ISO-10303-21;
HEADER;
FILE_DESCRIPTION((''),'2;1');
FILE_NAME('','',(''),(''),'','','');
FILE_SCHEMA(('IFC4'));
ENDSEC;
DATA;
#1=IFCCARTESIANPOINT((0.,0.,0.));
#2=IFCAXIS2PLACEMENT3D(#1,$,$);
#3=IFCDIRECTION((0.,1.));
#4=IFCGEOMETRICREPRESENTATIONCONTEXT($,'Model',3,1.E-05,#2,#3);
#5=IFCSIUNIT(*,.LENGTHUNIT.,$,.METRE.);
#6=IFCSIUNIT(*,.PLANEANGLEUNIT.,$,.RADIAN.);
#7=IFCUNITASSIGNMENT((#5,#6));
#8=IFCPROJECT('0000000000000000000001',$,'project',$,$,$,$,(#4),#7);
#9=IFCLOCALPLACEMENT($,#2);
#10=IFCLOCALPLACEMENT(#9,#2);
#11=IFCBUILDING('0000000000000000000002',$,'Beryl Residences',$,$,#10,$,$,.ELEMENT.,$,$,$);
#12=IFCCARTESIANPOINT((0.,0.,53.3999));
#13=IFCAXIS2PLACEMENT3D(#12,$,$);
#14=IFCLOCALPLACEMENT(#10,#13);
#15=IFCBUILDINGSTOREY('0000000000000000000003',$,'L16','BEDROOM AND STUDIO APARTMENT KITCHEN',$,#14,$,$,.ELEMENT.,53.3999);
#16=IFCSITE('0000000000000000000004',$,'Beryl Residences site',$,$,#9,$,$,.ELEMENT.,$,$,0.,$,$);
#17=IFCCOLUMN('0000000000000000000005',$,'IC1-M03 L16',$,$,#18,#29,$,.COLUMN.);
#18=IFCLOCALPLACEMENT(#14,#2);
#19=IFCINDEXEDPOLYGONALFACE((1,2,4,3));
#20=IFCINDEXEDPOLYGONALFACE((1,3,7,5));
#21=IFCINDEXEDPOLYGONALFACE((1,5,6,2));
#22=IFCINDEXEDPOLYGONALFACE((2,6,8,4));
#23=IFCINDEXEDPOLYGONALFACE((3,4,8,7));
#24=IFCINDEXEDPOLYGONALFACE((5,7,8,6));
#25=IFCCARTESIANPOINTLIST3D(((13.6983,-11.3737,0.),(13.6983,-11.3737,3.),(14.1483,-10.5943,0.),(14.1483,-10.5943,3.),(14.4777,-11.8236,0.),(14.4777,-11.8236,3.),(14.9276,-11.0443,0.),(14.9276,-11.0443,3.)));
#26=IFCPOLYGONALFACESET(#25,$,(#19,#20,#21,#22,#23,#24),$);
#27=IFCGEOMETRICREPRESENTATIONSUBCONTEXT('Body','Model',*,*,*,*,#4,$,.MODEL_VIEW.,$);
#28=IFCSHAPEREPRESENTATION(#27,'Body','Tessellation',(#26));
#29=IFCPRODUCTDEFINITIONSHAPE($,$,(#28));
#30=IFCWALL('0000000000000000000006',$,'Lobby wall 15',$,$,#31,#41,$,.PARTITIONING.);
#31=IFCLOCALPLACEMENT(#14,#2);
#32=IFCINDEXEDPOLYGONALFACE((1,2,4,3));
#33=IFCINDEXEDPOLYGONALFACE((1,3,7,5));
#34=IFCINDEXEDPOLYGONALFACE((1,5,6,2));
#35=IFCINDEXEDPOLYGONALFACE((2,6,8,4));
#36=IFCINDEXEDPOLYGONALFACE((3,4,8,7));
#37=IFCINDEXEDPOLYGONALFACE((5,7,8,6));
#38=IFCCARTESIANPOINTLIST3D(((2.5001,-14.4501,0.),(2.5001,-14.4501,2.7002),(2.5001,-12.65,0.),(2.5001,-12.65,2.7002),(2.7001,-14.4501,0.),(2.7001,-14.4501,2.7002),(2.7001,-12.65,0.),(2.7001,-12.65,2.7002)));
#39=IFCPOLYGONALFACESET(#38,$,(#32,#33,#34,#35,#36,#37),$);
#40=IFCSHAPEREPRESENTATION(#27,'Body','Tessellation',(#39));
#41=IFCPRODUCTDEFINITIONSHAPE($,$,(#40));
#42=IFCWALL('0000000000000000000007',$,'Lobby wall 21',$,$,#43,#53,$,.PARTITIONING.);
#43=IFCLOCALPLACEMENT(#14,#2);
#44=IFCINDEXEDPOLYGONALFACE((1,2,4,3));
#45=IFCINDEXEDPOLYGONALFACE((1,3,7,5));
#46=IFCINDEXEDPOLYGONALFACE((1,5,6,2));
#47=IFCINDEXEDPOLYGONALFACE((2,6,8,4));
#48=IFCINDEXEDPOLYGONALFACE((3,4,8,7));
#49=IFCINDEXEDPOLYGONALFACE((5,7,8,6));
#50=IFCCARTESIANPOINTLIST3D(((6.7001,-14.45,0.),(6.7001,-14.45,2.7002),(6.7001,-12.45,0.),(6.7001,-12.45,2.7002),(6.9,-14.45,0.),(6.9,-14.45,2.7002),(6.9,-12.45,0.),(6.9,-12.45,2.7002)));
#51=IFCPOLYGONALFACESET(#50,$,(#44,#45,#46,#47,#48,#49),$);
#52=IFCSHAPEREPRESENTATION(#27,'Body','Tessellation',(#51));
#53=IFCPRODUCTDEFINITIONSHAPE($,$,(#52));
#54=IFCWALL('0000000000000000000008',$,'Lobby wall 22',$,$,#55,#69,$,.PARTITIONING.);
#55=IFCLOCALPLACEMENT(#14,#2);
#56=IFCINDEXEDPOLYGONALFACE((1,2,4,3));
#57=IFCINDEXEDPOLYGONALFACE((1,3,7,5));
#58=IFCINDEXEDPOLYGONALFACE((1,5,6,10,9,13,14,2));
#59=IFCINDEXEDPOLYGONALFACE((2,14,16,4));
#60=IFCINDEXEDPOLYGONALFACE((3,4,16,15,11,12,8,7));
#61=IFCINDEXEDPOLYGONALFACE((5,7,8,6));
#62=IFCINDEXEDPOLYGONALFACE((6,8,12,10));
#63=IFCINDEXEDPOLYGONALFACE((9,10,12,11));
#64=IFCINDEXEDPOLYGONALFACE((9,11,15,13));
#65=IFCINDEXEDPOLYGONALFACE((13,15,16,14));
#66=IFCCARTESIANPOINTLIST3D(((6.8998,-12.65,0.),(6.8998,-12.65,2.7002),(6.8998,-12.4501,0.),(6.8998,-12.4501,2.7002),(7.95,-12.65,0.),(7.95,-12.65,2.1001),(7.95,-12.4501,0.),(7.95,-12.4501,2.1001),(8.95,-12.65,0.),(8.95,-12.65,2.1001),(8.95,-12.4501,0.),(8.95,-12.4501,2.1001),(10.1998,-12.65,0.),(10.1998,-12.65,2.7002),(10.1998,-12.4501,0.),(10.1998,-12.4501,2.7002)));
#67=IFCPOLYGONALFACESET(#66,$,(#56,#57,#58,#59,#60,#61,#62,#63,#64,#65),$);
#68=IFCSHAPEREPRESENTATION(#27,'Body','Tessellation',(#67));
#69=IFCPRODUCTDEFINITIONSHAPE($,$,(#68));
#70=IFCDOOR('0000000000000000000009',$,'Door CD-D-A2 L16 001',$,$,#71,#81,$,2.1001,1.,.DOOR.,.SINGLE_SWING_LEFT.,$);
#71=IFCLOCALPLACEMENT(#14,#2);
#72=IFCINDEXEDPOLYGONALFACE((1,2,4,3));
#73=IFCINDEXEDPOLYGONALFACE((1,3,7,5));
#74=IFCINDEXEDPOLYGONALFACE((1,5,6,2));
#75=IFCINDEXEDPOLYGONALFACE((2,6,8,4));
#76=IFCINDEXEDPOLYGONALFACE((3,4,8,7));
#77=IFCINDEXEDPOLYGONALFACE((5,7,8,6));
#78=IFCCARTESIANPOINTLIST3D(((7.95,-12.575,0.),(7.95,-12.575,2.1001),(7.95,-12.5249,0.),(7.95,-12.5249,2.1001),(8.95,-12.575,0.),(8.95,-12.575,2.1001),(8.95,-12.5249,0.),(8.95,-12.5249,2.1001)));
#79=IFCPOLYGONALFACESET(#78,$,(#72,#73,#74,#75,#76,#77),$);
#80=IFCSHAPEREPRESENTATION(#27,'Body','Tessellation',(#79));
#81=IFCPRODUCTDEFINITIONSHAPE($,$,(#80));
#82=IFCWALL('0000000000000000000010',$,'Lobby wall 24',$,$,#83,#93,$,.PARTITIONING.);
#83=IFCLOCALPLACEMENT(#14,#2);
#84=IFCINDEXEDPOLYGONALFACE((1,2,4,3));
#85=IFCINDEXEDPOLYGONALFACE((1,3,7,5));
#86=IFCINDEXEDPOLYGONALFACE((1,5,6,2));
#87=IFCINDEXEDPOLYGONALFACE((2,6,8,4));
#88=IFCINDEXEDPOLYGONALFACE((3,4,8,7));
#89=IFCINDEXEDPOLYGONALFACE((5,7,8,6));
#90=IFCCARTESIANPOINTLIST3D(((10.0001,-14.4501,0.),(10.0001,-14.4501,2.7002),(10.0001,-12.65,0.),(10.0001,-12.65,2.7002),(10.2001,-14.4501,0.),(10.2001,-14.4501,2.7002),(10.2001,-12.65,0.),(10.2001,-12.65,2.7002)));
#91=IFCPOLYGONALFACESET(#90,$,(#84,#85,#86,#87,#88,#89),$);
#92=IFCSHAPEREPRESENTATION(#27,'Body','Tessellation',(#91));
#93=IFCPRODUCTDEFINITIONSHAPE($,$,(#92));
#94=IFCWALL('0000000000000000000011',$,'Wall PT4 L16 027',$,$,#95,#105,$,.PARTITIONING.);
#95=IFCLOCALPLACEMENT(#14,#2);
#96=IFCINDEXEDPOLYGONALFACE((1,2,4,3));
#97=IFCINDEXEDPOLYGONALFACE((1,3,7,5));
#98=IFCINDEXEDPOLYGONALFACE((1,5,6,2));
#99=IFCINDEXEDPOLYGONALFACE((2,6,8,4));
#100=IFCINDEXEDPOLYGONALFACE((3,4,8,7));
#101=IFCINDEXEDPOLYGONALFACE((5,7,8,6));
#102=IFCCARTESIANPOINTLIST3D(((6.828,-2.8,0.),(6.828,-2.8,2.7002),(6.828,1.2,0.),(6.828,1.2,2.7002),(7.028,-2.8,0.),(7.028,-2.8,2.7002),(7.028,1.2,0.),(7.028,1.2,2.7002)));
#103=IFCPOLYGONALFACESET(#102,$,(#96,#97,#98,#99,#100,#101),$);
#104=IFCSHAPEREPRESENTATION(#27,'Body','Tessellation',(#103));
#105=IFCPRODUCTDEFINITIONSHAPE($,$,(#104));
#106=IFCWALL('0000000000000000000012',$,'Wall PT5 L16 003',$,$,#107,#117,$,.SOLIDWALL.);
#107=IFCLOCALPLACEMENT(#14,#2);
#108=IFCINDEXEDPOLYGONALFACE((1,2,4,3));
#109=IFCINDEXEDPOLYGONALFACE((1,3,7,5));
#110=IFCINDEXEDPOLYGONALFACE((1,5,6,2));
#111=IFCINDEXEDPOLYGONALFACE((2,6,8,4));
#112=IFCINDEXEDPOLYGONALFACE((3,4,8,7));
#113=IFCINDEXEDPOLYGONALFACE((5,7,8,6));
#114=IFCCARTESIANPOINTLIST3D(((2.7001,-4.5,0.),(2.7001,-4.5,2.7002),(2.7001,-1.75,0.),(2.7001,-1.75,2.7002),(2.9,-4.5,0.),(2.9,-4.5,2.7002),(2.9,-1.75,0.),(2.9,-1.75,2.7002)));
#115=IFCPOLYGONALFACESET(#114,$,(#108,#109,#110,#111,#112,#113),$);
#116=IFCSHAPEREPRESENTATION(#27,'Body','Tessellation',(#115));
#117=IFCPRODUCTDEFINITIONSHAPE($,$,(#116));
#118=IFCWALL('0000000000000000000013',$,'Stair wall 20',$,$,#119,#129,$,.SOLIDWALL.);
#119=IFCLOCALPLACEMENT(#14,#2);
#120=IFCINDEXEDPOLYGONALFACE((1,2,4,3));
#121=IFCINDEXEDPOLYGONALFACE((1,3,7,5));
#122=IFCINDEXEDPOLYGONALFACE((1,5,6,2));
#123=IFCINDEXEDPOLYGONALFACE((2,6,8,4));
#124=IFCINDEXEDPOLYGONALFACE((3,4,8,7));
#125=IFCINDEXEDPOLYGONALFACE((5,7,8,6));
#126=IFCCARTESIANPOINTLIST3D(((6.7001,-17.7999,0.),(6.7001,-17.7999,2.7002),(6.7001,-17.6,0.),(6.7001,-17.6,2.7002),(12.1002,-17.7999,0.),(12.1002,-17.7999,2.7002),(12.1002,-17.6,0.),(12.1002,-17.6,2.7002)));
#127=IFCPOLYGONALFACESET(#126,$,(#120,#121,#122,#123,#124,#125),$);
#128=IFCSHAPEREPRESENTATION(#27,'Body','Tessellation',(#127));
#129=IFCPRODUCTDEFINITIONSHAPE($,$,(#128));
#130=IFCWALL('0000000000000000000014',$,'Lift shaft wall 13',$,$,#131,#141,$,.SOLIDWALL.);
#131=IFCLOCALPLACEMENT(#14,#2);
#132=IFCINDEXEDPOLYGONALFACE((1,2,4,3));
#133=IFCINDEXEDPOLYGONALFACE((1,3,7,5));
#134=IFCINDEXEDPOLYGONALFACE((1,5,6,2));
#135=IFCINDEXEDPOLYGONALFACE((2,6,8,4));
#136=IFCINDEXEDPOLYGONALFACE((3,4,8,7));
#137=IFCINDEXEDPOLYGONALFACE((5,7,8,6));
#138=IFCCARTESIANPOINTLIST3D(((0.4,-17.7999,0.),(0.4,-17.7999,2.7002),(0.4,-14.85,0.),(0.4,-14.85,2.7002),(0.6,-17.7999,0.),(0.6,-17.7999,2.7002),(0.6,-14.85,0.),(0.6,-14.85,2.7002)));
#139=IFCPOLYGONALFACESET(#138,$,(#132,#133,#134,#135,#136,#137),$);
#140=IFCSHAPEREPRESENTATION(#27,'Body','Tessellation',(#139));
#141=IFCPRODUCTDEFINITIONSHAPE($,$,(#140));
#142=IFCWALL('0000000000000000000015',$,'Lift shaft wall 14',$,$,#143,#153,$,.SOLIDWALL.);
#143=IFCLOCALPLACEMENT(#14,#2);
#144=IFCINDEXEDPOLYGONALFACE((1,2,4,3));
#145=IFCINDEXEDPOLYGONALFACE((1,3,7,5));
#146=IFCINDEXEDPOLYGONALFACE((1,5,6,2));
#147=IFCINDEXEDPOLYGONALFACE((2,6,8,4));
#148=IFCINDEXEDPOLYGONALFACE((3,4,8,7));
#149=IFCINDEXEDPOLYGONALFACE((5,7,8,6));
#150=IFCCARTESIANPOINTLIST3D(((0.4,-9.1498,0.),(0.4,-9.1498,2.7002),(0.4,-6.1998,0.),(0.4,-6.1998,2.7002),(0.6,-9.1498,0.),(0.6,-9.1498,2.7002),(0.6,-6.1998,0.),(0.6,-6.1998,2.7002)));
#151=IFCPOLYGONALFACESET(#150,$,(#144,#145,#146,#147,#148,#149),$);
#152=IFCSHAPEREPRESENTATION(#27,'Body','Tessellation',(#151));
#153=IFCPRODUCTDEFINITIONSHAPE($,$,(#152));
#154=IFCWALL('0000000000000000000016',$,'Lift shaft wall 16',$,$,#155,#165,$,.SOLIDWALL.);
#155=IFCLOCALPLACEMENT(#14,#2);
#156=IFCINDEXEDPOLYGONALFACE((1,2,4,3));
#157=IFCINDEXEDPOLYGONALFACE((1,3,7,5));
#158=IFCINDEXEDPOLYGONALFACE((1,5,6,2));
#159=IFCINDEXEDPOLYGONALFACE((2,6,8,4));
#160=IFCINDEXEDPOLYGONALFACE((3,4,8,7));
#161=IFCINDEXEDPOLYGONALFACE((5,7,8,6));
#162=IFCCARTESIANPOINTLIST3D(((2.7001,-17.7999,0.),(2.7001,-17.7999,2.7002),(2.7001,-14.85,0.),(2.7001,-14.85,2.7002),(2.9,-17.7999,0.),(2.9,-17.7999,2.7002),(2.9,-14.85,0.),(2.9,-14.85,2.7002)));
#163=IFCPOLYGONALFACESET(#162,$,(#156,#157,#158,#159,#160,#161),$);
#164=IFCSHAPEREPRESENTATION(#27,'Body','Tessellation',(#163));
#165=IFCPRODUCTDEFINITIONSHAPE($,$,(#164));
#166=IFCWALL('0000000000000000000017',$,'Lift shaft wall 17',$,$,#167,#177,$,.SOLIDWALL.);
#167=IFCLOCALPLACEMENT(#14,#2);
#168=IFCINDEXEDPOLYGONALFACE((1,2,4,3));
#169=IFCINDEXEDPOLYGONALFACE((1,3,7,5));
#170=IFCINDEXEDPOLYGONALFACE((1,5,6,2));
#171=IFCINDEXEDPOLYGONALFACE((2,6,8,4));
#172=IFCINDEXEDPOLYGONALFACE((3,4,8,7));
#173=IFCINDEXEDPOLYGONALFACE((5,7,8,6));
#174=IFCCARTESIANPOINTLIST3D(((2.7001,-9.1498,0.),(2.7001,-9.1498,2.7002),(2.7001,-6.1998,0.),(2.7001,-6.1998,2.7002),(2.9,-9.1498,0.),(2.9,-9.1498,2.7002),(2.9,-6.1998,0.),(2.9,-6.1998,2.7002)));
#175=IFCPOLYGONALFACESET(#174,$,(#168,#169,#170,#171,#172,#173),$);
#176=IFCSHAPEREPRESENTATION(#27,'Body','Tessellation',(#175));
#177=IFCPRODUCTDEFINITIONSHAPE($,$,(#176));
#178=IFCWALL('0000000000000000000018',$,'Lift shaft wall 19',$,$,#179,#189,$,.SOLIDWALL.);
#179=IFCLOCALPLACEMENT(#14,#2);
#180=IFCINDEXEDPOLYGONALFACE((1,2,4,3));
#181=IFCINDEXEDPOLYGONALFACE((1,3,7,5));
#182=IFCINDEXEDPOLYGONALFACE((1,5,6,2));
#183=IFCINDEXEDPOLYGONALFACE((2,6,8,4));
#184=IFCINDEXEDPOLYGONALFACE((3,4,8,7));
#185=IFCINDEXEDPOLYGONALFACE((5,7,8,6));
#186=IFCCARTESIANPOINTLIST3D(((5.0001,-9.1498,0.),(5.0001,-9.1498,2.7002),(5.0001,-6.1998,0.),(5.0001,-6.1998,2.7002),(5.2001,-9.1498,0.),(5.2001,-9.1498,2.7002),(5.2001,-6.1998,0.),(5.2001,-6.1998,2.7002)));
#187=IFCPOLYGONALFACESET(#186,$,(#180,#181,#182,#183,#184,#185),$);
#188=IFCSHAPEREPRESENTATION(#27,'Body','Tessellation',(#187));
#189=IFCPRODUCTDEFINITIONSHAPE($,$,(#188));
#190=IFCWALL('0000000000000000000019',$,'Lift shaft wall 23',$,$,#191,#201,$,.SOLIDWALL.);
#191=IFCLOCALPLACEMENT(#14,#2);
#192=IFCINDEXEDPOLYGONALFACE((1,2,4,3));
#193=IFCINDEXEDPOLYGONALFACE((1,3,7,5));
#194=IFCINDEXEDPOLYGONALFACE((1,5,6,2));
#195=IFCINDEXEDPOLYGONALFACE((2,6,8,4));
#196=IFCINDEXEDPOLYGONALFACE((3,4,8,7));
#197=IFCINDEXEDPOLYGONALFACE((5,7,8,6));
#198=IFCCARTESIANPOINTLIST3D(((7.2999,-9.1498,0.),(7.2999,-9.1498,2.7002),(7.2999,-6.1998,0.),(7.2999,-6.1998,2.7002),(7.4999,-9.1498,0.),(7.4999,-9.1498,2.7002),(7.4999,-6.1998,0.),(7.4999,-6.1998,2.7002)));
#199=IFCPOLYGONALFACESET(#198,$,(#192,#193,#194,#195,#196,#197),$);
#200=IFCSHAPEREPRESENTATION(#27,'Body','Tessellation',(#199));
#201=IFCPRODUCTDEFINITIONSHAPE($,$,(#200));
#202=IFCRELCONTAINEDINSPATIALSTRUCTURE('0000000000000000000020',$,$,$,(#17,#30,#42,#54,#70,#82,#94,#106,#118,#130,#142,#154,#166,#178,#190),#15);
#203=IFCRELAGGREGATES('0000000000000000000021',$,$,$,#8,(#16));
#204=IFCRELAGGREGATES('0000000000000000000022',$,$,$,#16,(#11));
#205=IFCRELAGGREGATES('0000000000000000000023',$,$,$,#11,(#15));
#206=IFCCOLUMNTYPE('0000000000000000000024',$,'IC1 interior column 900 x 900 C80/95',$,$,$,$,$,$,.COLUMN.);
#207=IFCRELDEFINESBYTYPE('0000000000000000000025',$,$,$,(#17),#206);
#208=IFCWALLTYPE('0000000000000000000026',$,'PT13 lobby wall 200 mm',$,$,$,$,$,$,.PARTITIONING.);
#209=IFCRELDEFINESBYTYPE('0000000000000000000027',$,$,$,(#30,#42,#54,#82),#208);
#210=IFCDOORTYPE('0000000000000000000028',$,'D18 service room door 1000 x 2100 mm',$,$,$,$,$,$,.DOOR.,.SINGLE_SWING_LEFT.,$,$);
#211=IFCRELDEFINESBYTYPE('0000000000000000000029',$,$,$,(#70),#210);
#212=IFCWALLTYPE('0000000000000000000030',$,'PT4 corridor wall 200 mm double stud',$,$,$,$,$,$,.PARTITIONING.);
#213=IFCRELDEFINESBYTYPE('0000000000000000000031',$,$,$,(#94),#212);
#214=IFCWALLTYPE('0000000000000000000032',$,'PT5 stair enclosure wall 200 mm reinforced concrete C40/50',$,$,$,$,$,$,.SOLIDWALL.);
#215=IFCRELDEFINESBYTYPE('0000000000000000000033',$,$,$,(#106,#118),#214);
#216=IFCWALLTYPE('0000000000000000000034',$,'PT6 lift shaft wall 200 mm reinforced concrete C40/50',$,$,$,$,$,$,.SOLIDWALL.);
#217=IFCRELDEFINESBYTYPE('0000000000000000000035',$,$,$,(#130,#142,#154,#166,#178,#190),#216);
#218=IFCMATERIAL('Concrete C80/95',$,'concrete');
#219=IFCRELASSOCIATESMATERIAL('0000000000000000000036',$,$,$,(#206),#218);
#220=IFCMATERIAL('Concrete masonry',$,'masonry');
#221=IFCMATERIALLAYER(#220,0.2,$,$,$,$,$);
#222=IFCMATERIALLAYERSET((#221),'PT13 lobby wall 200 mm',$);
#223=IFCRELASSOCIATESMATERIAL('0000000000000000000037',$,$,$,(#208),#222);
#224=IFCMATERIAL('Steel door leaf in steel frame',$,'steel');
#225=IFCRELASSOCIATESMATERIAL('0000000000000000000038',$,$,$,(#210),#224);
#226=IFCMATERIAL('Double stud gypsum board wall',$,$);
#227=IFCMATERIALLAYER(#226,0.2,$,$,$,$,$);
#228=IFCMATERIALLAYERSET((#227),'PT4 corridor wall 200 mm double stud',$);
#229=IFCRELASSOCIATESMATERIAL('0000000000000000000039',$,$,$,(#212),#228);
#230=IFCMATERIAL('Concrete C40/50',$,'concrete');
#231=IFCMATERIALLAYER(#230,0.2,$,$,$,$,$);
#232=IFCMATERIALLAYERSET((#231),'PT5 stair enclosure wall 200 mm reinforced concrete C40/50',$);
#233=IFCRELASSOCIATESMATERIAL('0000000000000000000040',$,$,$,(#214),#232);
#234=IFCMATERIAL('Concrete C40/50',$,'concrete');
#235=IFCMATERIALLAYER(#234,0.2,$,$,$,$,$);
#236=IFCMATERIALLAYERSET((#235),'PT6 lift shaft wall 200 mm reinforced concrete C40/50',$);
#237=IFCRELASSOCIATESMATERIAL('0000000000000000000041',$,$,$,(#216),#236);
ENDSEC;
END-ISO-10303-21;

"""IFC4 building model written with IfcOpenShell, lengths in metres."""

from ifc_helpers import new_model, si_unit, direction, frame, frame_2d, origin, origin_2d, place, context, subcontext, project, spatial, rectangle, extrude, material, layer, layer_set, material_profile, profile_set, type_object, element, fill, save


model = new_model("IFC4")

# Units and contexts
model_context = context("Model", 3, precision=1e-05, world=origin(), true_north=direction((0.0, 1.0)))
body_context = subcontext(model_context, "Body", "Model", "MODEL_VIEW")
ifc_project = project(units=[si_unit("LENGTHUNIT", "METRE"), si_unit("PLANEANGLEUNIT", "RADIAN")], contexts=[model_context])

# Site, building, storey
site_placement = place(None, origin())
site = spatial("IfcSite", under=ifc_project, at=site_placement, Name="Beryl Residences site", CompositionType="ELEMENT", RefElevation=0.0)
building_placement = place(site_placement, origin())
building = spatial("IfcBuilding", under=site, at=building_placement, Name="Beryl Residences", CompositionType="ELEMENT")
storey_placement = place(building_placement, frame((0.0, 0.0, 53.3999)))
storey = spatial("IfcBuildingStorey", under=building, at=storey_placement, Name="L16", Description="BEDROOM AND STUDIO APARTMENT KITCHEN", CompositionType="ELEMENT", Elevation=53.3999)

# Column
ifc_material_1 = material(Name="Concrete C80/95", Category="concrete")
ifc_material_profile = material_profile(ifc_material_1, rectangle(XDim=0.8999, YDim=0.8999, at=origin_2d()))
ifc_profile_set = profile_set([ifc_material_profile], Name="Concrete C80/95")
column_type = type_object("IfcColumnType", Name="IC1 interior column 900 x 900 C80/95", PredefinedType="COLUMN", material=ifc_profile_set)
column_placement = place(storey_placement, frame((14.313, -11.209, 0.0), z_axis=(0.0, 0.0, 1.0), x_axis=(0.499985, 0.866034, 0.0)))
element("IfcColumn", 1, at=column_placement, inside=storey, type_object=column_type, Name="IC1-M03 L16", PredefinedType="COLUMN", context=body_context, shape_type="SweptSolid", body=[
    extrude(rectangle(XDim=0.8999, YDim=0.8999, at=origin_2d()), origin(), (0.0, 0.0, 1.0), 3.0),
])

# Walls
ifc_material_2 = material(Name="Concrete masonry", Category="masonry")
ifc_layer_1 = layer(ifc_material_2, 0.2)
ifc_layer_set_1 = layer_set([ifc_layer_1], Name="PT13 lobby wall 200 mm")
wall_type_1 = type_object("IfcWallType", Name="PT13 lobby wall 200 mm", PredefinedType="PARTITIONING", material=ifc_layer_set_1)
wall_1_placement = place(storey_placement, frame((2.6001, -14.45, 0.0), z_axis=(0.0, 0.0, 1.0), x_axis=(0.0, 1.0, 0.0)))
element("IfcWall", 2, at=wall_1_placement, inside=storey, type_object=wall_type_1, Name="Lobby wall 15", PredefinedType="PARTITIONING", context=body_context, shape_type="SweptSolid", body=[
    extrude(rectangle(XDim=1.8, YDim=0.2, at=frame_2d((0.8999, 0.0))), origin(), (0.0, 0.0, 1.0), 2.7002),
])
wall_2_placement = place(storey_placement, frame((6.8, -14.45, 0.0), z_axis=(0.0, 0.0, 1.0), x_axis=(0.0, 1.0, 0.0)))
element("IfcWall", 3, at=wall_2_placement, inside=storey, type_object=wall_type_1, Name="Lobby wall 21", PredefinedType="PARTITIONING", context=body_context, shape_type="SweptSolid", body=[
    extrude(rectangle(XDim=2.0, YDim=0.2, at=frame_2d((1.0, 0.0))), origin(), (0.0, 0.0, 1.0), 2.7002),
])

# Wall, opening, door
wall_3_placement = place(storey_placement, frame((6.8999, -12.55, 0.0), z_axis=(0.0, 0.0, 1.0), x_axis=(1.0, 0.0, 0.0)))
wall_3 = element("IfcWall", 4, at=wall_3_placement, inside=storey, type_object=wall_type_1, Name="Lobby wall 22", PredefinedType="PARTITIONING", context=body_context, shape_type="SweptSolid", body=[
    extrude(rectangle(XDim=3.3, YDim=0.2, at=frame_2d((1.6499, 0.0))), origin(), (0.0, 0.0, 1.0), 2.7002),
])
opening_placement = place(wall_3_placement, frame((2.05, 0.0, 0.0), z_axis=(0.0, 0.0, 1.0), x_axis=(-1.0, 0.0, 0.0)))
opening = element("IfcOpeningElement", 5, at=opening_placement, cuts=wall_3, PredefinedType="OPENING", context=body_context, shape_type="SweptSolid", body=[
    extrude(rectangle(XDim=1.0, YDim=2.1001, at=frame_2d((0.5, 1.05))), frame((0.0, 0.1099, 0.0), z_axis=(0.0, -1.0, 0.0), x_axis=(1.0, 0.0, 0.0)), (0.0, 0.0, 1.0), 0.22),
])
ifc_material_3 = material(Name="Steel door leaf in steel frame", Category="steel")
door_type = type_object("IfcDoorType", Name="D18 service room door 1000 x 2100 mm", OperationType="SINGLE_SWING_LEFT", PredefinedType="DOOR", material=ifc_material_3)
door_placement = place(opening_placement, origin())
door = element("IfcDoor", 6, at=door_placement, inside=storey, type_object=door_type, Name="Door CD-D-A2 L16 001", OperationType="SINGLE_SWING_LEFT", OverallHeight=2.1001, OverallWidth=1.0, PredefinedType="DOOR", context=body_context, shape_type="SweptSolid", body=[
    extrude(rectangle(XDim=1.0, YDim=2.1001, at=frame_2d((0.5, 1.05))), frame((0.0, 0.0249, 0.0), z_axis=(0.0, -1.0, 0.0), x_axis=(1.0, 0.0, 0.0)), (0.0, 0.0, 1.0), 0.05),
])
fill(opening, door)

# Walls
wall_4_placement = place(storey_placement, frame((10.1001, -14.45, 0.0), z_axis=(0.0, 0.0, 1.0), x_axis=(0.0, 1.0, 0.0)))
element("IfcWall", 7, at=wall_4_placement, inside=storey, type_object=wall_type_1, Name="Lobby wall 24", PredefinedType="PARTITIONING", context=body_context, shape_type="SweptSolid", body=[
    extrude(rectangle(XDim=1.8, YDim=0.2, at=frame_2d((0.8999, 0.0))), origin(), (0.0, 0.0, 1.0), 2.7002),
])
ifc_material_4 = material(Name="Double stud gypsum board wall")
ifc_layer_2 = layer(ifc_material_4, 0.2)
ifc_layer_set_2 = layer_set([ifc_layer_2], Name="PT4 corridor wall 200 mm double stud")
wall_type_2 = type_object("IfcWallType", Name="PT4 corridor wall 200 mm double stud", PredefinedType="PARTITIONING", material=ifc_layer_set_2)
wall_5_placement = place(storey_placement, frame((6.928, -2.8, 0.0), z_axis=(0.0, 0.0, 1.0), x_axis=(0.0, 1.0, 0.0)))
element("IfcWall", 8, at=wall_5_placement, inside=storey, type_object=wall_type_2, Name="Wall PT4 L16 027", PredefinedType="PARTITIONING", context=body_context, shape_type="SweptSolid", body=[
    extrude(rectangle(XDim=4.0, YDim=0.2, at=frame_2d((2.0, 0.0))), origin(), (0.0, 0.0, 1.0), 2.7002),
])
ifc_material_5 = material(Name="Concrete C40/50", Category="concrete")
ifc_layer_3 = layer(ifc_material_5, 0.2)
ifc_layer_set_3 = layer_set([ifc_layer_3], Name="PT5 stair enclosure wall 200 mm reinforced concrete C40/50")
wall_type_3 = type_object("IfcWallType", Name="PT5 stair enclosure wall 200 mm reinforced concrete C40/50", PredefinedType="SOLIDWALL", material=ifc_layer_set_3)
wall_6_placement = place(storey_placement, frame((2.8, -4.5, 0.0), z_axis=(0.0, 0.0, 1.0), x_axis=(0.0, 1.0, 0.0)))
element("IfcWall", 9, at=wall_6_placement, inside=storey, type_object=wall_type_3, Name="Wall PT5 L16 003", PredefinedType="SOLIDWALL", context=body_context, shape_type="SweptSolid", body=[
    extrude(rectangle(XDim=2.75, YDim=0.2, at=frame_2d((1.375, 0.0))), origin(), (0.0, 0.0, 1.0), 2.7002),
])
wall_7_placement = place(storey_placement, frame((6.7, -17.7, 0.0), z_axis=(0.0, 0.0, 1.0), x_axis=(1.0, 0.0, 0.0)))
element("IfcWall", 10, at=wall_7_placement, inside=storey, type_object=wall_type_3, Name="Stair wall 20", PredefinedType="SOLIDWALL", context=body_context, shape_type="SweptSolid", body=[
    extrude(rectangle(XDim=5.4001, YDim=0.2, at=frame_2d((2.7002, 0.0))), origin(), (0.0, 0.0, 1.0), 2.7002),
])
ifc_material_6 = material(Name="Concrete C40/50", Category="concrete")
ifc_layer_4 = layer(ifc_material_6, 0.2)
ifc_layer_set_4 = layer_set([ifc_layer_4], Name="PT6 lift shaft wall 200 mm reinforced concrete C40/50")
wall_type_4 = type_object("IfcWallType", Name="PT6 lift shaft wall 200 mm reinforced concrete C40/50", PredefinedType="SOLIDWALL", material=ifc_layer_set_4)
for number, where, z_axis, x_axis, name in (
    (11, (0.5, -17.8, 0.0), (0.0, 0.0, 1.0), (0.0, 1.0, 0.0), "Lift shaft wall 13"),
    (12, (0.5, -9.1499, 0.0), (0.0, 0.0, 1.0), (0.0, 1.0, 0.0), "Lift shaft wall 14"),
    (13, (2.8, -17.8, 0.0), (0.0, 0.0, 1.0), (0.0, 1.0, 0.0), "Lift shaft wall 16"),
    (14, (2.8, -9.1499, 0.0), (0.0, 0.0, 1.0), (0.0, 1.0, 0.0), "Lift shaft wall 17"),
    (15, (5.1001, -9.1499, 0.0), (0.0, 0.0, 1.0), (0.0, 1.0, 0.0), "Lift shaft wall 19"),
    (16, (7.3999, -9.1499, 0.0), (0.0, 0.0, 1.0), (0.0, 1.0, 0.0), "Lift shaft wall 23"),
):
    element("IfcWall", number, at=place(storey_placement, frame(where, z_axis=z_axis, x_axis=x_axis)), inside=storey, type_object=wall_type_4, Name=name, PredefinedType="SOLIDWALL", context=body_context, shape_type="SweptSolid", body=[
        extrude(rectangle(XDim=2.95, YDim=0.2, at=frame_2d((1.4751, 0.0))), origin(), (0.0, 0.0, 1.0), 2.7002),
    ])

save(model, "model.ifc")
